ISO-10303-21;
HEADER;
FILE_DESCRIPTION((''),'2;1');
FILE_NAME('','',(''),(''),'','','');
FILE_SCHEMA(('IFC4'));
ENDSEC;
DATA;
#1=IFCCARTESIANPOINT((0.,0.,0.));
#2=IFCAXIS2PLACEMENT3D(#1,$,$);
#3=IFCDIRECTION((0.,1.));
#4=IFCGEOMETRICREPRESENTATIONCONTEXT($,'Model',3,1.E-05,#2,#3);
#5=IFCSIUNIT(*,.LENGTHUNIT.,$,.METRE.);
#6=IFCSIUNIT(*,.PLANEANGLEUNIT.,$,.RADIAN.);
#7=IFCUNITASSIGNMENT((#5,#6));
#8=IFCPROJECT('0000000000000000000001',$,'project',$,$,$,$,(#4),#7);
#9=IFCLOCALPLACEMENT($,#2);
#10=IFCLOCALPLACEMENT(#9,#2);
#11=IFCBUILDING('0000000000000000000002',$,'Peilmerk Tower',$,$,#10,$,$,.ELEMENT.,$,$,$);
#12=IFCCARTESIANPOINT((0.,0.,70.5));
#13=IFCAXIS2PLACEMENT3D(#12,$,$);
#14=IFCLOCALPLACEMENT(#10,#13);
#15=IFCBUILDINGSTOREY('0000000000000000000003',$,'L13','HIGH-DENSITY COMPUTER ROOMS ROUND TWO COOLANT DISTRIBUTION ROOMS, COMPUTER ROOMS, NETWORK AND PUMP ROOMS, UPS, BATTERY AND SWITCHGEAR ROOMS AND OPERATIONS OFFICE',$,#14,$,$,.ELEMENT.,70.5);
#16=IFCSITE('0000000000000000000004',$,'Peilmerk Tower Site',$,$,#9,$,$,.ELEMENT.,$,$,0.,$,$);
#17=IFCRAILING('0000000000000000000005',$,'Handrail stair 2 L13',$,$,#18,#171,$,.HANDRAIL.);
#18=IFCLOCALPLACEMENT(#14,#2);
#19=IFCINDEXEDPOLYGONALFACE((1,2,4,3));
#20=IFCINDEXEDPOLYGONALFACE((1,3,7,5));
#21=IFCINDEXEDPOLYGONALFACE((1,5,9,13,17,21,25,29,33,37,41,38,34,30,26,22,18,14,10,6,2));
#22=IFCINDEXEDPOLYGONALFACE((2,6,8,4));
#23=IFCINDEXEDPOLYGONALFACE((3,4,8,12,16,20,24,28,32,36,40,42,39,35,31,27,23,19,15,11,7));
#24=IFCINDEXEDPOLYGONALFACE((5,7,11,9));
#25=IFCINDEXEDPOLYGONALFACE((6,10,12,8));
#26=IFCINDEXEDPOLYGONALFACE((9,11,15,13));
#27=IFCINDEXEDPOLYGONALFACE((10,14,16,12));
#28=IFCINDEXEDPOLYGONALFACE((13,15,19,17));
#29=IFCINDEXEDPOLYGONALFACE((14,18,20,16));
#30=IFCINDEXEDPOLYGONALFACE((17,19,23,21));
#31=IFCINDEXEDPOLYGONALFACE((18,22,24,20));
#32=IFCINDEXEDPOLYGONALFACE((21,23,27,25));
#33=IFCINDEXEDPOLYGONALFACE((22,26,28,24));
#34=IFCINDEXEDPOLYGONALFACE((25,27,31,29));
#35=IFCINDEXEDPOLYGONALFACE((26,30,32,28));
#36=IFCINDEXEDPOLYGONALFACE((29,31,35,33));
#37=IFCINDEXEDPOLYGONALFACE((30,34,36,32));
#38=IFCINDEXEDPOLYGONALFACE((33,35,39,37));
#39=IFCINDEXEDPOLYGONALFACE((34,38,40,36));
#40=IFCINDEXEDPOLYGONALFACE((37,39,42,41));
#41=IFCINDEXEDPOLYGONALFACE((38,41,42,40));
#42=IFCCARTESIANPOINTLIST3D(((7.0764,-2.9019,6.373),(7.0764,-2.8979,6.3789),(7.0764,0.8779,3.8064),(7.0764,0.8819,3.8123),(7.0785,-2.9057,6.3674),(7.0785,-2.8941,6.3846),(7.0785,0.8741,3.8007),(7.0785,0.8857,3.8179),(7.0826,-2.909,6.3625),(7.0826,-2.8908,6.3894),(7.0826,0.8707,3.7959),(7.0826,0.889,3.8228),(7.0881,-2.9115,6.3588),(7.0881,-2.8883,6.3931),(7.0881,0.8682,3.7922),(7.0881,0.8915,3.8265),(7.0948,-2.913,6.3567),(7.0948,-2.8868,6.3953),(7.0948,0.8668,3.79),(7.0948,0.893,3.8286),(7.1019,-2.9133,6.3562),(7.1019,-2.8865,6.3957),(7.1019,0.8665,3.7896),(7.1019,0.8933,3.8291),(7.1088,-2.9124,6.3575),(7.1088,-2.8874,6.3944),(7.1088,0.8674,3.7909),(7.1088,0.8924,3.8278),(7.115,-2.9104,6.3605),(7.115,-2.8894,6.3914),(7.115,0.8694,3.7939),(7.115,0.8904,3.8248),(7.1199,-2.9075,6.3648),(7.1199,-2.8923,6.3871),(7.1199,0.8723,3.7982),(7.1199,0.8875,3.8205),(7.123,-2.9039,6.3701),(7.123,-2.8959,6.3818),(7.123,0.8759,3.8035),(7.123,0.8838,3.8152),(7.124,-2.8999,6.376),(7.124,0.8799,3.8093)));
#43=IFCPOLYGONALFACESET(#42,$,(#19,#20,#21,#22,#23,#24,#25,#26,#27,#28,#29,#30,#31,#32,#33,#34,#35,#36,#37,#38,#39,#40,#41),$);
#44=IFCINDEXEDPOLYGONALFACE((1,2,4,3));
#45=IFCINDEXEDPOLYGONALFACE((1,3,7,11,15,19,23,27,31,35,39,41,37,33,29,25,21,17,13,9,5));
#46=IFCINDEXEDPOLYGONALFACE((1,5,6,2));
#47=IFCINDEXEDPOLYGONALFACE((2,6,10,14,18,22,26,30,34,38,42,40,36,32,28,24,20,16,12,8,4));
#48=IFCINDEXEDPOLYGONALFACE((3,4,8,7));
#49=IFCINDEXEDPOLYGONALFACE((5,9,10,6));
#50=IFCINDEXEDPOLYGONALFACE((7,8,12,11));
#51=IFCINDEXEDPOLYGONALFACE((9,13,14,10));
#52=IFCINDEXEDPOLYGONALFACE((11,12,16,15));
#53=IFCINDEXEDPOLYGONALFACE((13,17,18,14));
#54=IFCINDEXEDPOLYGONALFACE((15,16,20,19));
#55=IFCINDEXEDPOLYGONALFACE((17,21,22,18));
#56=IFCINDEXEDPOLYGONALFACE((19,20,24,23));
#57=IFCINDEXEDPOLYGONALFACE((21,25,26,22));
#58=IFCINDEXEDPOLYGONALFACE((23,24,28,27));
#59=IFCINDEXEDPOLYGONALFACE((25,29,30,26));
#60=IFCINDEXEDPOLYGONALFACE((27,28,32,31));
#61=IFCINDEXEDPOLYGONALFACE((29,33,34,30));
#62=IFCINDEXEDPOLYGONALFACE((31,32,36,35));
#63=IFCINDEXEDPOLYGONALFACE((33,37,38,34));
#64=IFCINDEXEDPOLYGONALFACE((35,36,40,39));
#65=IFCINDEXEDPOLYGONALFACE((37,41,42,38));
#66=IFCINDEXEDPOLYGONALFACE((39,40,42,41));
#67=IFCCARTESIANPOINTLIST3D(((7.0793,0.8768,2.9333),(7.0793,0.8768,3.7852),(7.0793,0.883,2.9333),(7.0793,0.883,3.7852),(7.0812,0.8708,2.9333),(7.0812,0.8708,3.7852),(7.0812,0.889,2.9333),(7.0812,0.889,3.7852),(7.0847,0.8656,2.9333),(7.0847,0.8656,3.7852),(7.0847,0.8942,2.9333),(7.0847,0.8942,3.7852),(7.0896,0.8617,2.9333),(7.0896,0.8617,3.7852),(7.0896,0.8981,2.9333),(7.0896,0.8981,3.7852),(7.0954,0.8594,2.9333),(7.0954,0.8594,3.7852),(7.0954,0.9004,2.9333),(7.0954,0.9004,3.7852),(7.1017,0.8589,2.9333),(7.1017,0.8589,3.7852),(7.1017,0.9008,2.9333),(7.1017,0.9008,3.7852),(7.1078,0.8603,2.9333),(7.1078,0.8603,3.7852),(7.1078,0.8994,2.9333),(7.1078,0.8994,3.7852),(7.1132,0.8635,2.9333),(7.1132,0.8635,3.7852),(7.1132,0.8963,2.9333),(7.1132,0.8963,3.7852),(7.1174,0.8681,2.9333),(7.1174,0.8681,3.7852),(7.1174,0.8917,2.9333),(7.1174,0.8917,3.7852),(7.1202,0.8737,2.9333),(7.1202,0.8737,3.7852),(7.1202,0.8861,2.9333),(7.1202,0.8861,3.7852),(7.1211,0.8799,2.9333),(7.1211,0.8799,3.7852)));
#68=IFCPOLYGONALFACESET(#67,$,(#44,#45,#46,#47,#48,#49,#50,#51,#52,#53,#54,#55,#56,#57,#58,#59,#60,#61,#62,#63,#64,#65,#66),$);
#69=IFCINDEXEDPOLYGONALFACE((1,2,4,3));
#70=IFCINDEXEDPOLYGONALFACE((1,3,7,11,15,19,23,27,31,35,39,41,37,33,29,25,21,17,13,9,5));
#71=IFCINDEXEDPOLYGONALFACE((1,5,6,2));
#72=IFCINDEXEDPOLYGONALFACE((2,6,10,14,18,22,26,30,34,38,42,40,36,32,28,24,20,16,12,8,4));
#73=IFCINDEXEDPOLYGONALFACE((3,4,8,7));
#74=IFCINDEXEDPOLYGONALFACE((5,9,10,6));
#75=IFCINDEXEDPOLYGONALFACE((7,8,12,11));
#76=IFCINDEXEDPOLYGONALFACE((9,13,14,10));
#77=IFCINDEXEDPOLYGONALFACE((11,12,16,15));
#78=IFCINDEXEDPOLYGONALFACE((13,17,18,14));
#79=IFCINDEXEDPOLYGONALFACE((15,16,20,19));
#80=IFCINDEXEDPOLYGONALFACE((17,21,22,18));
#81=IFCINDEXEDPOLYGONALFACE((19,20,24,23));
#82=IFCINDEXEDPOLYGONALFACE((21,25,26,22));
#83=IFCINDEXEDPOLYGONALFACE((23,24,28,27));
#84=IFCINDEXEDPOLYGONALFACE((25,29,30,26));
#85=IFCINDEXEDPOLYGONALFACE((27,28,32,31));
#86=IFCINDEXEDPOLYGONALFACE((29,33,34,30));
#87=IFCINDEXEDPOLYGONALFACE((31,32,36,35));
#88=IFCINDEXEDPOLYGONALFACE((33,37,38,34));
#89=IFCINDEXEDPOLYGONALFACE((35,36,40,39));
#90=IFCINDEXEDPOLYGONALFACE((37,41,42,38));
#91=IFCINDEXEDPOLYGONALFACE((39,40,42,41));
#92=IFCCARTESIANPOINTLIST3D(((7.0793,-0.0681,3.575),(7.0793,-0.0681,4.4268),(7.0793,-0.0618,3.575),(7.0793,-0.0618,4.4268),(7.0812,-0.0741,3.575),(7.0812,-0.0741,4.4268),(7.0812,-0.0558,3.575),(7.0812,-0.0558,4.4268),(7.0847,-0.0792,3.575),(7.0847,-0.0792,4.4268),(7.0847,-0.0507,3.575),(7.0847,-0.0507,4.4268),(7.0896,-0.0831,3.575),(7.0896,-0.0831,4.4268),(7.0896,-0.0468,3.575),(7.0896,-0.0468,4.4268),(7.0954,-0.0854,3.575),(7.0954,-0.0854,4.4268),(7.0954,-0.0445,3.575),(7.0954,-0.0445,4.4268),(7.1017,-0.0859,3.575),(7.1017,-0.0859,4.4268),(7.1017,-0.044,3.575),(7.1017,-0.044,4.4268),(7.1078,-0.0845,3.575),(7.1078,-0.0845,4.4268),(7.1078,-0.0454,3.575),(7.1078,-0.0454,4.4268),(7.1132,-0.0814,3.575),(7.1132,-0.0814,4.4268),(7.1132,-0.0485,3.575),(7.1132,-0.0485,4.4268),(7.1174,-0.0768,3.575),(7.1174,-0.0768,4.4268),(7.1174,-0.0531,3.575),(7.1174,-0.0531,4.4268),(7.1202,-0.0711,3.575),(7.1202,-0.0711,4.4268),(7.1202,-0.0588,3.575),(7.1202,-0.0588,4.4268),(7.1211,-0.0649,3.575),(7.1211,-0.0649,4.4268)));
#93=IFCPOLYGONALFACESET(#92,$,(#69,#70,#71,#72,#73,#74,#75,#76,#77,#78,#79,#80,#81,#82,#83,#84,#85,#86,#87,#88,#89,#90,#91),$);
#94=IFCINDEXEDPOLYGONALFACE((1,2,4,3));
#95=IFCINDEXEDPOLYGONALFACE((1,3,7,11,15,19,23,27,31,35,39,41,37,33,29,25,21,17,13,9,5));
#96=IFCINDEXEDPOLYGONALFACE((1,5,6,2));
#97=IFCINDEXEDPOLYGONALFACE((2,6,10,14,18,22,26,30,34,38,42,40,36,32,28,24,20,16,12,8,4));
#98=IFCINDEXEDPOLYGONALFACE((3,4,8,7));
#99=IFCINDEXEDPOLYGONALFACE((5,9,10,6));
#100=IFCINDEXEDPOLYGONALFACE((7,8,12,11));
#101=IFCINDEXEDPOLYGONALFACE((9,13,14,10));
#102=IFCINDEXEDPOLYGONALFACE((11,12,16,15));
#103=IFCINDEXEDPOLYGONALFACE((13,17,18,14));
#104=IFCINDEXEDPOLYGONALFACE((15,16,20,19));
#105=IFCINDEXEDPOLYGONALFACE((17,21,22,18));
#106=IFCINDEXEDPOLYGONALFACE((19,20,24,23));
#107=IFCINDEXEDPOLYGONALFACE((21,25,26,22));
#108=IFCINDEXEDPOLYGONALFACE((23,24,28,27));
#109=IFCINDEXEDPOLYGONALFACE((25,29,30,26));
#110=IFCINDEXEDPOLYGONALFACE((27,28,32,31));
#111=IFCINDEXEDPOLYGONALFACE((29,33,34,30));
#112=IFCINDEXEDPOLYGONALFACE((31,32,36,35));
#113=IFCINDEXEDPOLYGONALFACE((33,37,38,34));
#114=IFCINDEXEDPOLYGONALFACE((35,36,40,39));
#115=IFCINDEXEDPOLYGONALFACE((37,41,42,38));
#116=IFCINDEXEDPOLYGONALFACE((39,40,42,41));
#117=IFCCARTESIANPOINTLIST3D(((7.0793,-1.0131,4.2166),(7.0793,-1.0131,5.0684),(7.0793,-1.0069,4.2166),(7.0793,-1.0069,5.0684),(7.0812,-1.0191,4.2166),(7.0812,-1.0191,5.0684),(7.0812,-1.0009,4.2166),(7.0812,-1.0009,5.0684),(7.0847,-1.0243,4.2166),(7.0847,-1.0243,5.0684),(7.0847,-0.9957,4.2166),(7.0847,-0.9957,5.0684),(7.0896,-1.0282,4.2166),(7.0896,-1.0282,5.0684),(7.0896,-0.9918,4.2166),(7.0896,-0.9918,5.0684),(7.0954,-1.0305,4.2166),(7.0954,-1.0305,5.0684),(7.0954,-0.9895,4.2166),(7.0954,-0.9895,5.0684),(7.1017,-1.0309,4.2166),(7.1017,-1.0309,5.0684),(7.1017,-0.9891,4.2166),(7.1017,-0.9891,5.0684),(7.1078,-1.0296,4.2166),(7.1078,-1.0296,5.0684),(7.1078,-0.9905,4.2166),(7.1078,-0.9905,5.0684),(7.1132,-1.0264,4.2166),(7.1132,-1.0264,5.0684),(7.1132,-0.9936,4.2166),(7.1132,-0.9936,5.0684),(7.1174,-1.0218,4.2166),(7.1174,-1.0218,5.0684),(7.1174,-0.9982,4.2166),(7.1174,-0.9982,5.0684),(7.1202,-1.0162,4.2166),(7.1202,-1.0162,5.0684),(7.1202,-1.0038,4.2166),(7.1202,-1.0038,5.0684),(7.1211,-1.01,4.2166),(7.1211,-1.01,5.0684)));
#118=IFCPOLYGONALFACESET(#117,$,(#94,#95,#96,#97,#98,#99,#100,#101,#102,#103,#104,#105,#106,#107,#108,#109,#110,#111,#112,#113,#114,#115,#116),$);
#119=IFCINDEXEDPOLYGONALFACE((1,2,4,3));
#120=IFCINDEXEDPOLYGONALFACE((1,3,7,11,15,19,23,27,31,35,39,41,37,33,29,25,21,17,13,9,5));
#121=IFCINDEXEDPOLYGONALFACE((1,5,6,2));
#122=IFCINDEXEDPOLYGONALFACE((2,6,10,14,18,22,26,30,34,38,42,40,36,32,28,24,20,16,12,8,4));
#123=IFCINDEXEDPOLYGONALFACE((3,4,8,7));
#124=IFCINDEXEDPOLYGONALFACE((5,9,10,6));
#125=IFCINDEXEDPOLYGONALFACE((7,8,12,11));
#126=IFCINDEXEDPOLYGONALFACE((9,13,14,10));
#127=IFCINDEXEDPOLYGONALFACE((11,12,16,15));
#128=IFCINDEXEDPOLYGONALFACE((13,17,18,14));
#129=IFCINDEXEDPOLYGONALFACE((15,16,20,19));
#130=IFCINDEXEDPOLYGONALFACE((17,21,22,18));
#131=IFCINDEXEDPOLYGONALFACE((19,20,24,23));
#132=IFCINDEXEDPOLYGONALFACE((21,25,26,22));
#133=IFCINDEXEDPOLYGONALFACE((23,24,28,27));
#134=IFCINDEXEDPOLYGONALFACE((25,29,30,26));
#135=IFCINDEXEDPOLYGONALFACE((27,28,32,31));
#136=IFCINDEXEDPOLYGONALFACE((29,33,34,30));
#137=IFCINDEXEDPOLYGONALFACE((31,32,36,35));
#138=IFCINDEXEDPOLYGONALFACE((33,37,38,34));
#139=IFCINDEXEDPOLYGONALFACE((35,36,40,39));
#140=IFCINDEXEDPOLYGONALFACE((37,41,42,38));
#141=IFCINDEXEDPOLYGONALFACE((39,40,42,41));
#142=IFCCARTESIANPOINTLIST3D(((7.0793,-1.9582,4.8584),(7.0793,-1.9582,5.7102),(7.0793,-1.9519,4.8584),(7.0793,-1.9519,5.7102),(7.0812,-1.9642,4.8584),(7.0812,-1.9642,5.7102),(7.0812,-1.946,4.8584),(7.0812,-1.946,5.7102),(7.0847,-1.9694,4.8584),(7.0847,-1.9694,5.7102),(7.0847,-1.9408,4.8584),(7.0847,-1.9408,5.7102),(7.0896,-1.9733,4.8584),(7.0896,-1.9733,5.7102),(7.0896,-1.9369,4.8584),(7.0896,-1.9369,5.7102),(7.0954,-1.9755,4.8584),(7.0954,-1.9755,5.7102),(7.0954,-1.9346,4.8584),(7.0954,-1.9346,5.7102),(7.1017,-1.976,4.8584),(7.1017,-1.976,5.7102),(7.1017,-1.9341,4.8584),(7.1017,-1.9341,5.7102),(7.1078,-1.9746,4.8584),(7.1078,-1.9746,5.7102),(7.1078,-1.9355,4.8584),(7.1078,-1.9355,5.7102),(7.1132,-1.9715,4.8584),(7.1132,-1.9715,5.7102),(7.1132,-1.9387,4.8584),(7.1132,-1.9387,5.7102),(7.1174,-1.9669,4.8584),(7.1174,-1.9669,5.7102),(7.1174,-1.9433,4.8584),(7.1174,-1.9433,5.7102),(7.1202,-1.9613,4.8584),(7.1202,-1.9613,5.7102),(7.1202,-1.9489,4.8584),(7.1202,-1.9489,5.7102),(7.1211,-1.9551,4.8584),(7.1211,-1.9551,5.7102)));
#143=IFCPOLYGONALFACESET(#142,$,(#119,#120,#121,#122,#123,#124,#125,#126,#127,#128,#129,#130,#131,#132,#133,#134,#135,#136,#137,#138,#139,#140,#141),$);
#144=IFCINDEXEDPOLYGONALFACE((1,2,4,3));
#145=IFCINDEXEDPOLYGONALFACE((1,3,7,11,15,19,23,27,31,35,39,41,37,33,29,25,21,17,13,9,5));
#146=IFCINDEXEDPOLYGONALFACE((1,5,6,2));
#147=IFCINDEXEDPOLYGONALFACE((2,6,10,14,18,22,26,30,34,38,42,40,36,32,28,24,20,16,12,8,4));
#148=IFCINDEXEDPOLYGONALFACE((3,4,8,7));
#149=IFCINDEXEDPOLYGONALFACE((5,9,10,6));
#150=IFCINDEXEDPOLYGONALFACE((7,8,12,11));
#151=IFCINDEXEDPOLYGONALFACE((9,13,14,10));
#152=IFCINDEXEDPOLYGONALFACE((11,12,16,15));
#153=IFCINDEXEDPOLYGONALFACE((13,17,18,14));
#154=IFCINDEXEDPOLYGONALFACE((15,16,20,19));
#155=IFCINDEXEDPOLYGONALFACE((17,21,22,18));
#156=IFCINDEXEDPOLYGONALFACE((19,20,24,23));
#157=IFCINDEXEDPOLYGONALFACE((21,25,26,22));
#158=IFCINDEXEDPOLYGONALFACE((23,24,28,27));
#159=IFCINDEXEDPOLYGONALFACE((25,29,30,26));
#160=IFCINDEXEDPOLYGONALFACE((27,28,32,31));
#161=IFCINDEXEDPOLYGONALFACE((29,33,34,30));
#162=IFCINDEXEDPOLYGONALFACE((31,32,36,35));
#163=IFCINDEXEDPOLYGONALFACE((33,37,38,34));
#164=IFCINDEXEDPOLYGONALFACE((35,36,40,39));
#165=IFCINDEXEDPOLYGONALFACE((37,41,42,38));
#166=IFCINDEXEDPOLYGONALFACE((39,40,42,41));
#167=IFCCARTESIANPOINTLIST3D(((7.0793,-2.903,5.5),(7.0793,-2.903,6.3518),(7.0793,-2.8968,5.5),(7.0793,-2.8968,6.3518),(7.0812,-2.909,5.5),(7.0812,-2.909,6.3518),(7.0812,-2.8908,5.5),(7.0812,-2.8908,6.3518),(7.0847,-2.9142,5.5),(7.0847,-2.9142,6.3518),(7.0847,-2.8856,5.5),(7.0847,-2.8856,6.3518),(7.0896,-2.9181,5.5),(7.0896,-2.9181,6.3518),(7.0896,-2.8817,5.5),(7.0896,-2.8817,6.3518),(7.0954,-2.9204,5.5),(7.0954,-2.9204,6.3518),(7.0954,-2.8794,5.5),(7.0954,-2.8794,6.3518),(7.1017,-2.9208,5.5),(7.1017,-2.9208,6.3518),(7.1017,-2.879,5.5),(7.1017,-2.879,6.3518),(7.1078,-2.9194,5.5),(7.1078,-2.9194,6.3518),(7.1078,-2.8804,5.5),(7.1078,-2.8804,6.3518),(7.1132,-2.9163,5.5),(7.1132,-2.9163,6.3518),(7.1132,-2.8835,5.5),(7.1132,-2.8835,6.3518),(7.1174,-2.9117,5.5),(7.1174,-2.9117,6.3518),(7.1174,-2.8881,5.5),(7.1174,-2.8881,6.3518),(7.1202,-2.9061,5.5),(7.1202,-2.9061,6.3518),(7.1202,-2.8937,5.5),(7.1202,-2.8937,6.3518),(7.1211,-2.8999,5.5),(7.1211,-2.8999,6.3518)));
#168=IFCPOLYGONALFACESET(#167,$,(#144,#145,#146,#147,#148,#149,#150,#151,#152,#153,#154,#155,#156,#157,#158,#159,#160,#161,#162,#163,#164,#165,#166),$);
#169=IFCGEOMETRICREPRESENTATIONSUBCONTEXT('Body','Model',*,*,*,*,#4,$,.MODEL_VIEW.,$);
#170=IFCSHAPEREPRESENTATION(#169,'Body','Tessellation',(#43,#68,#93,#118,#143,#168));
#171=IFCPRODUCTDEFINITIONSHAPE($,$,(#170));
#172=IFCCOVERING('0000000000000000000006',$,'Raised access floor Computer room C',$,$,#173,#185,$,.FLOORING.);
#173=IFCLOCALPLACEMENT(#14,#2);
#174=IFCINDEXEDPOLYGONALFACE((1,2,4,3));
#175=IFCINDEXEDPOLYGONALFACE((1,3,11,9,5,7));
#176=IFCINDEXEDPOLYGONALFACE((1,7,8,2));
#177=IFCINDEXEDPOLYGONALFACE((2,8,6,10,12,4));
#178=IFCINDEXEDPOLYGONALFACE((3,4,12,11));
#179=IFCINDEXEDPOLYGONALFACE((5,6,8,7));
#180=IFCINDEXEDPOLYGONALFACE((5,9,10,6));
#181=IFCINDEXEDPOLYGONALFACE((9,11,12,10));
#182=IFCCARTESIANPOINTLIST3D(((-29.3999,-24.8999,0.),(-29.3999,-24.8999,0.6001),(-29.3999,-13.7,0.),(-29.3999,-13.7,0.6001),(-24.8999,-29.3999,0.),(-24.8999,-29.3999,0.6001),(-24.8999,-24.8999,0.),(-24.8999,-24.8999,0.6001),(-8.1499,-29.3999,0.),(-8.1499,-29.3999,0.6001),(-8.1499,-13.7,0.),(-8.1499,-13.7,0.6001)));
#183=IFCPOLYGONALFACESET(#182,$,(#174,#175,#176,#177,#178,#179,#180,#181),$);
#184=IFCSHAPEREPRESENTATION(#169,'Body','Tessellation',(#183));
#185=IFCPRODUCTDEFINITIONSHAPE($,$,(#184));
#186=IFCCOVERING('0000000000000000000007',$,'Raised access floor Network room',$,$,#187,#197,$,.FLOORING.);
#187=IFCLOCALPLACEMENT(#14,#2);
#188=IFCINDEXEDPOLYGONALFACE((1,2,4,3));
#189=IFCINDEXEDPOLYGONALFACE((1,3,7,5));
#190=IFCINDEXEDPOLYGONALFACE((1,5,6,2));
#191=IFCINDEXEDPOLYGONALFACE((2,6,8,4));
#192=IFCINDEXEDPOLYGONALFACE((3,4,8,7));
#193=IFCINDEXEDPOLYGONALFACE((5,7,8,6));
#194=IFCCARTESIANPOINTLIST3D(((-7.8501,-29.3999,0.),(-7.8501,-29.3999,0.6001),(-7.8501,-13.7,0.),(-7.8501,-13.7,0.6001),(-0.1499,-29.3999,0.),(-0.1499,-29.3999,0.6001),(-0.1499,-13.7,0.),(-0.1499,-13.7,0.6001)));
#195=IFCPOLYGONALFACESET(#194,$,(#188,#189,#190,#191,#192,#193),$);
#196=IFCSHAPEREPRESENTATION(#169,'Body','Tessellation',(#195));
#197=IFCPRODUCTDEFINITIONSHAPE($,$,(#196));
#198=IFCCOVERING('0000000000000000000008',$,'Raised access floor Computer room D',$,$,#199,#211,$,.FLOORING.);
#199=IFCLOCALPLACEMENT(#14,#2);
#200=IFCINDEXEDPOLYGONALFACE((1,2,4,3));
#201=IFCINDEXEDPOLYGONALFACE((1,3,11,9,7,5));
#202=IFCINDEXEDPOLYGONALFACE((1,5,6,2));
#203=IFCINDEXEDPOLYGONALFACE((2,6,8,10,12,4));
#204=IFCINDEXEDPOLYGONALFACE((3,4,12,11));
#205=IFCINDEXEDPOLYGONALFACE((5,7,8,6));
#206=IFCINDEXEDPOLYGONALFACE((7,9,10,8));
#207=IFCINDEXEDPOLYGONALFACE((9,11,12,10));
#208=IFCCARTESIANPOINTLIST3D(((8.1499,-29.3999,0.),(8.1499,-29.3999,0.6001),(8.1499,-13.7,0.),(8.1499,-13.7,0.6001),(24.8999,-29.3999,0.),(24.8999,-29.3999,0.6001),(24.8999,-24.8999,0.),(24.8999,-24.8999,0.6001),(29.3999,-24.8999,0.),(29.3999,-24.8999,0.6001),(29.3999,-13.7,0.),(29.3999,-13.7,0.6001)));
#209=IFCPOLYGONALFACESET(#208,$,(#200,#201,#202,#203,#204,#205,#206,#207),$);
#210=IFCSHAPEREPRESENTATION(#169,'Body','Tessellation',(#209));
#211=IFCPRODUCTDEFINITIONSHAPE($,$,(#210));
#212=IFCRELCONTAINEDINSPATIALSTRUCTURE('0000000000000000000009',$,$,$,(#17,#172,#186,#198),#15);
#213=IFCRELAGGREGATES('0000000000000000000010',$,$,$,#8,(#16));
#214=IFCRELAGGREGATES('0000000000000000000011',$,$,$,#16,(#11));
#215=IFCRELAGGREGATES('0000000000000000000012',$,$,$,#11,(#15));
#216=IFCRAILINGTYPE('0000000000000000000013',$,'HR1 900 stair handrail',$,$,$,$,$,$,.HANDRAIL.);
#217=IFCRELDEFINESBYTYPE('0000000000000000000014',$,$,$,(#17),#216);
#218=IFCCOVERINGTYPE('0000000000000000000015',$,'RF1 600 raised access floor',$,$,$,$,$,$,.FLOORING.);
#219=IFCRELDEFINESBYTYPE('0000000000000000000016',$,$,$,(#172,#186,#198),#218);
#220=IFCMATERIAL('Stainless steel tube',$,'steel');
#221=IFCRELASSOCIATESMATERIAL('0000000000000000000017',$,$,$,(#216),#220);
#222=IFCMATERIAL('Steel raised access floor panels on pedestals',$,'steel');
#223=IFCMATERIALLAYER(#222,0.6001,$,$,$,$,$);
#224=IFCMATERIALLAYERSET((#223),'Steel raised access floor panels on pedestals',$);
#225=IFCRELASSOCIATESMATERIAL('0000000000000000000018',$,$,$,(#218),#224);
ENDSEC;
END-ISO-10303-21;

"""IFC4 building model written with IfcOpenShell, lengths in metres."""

from ifc_helpers import new_model, si_unit, direction, frame, origin, origin_2d, place, context, subcontext, project, spatial, polyline, circle, outline, extrude, material, layer, layer_set, type_object, element, save


model = new_model("IFC4")

# Units and contexts
model_context = context("Model", 3, precision=1e-05, world=origin(), true_north=direction((0.0, 1.0)))
body_context = subcontext(model_context, "Body", "Model", "MODEL_VIEW")
ifc_project = project(units=[si_unit("LENGTHUNIT", "METRE"), si_unit("PLANEANGLEUNIT", "RADIAN")], contexts=[model_context])

# Site, building, storey
site_placement = place(None, origin())
site = spatial("IfcSite", under=ifc_project, at=site_placement, Name="Peilmerk Tower Site", CompositionType="ELEMENT", RefElevation=0.0)
building_placement = place(site_placement, origin())
building = spatial("IfcBuilding", under=site, at=building_placement, Name="Peilmerk Tower", CompositionType="ELEMENT")
storey_placement = place(building_placement, frame((0.0, 0.0, 70.5)))
storey = spatial("IfcBuildingStorey", under=building, at=storey_placement, Name="L13", Description="HIGH-DENSITY COMPUTER ROOMS ROUND TWO COOLANT DISTRIBUTION ROOMS, COMPUTER ROOMS, NETWORK AND PUMP ROOMS, UPS, BATTERY AND SWITCHGEAR ROOMS AND OPERATIONS OFFICE", CompositionType="ELEMENT", Elevation=70.5)

# Railing
ifc_material_1 = material(Name="Stainless steel tube", Category="steel")
railing_type_1 = type_object("IfcRailingType", Name="HR1 900 stair handrail", PredefinedType="HANDRAIL", material=ifc_material_1)
railing_1_placement = place(storey_placement, frame((7.1001, 0.8799, 2.9333)))
element("IfcRailing", 1, at=railing_1_placement, inside=storey, type_object=railing_type_1, Name="Handrail stair 2 L13", PredefinedType="HANDRAIL", context=body_context, shape_type="SweptSolid", body=[
    extrude(circle(Radius=0.0239, at=origin_2d()), frame((0.0, 0.0, 0.876), z_axis=(0.0, -0.827293, 0.561771), x_axis=(1.0, 0.0, 0.0)), (0.0, 0.0, 1.0), 4.5688),
    extrude(circle(Radius=0.021, at=origin_2d()), origin(), (0.0, 0.0, 1.0), 0.8518),
    extrude(circle(Radius=0.021, at=origin_2d()), frame((0.0, -0.9448, 0.6416)), (0.0, 0.0, 1.0), 0.8518),
    extrude(circle(Radius=0.021, at=origin_2d()), frame((0.0, -1.8899, 1.2832)), (0.0, 0.0, 1.0), 0.8518),
    extrude(circle(Radius=0.021, at=origin_2d()), frame((0.0, -2.835, 1.925)), (0.0, 0.0, 1.0), 0.8518),
    extrude(circle(Radius=0.021, at=origin_2d()), frame((0.0, -3.7798, 2.5667)), (0.0, 0.0, 1.0), 0.8518),
])

# Coverings
ifc_material_2 = material(Name="Steel raised access floor panels on pedestals", Category="steel")
ifc_layer_1 = layer(ifc_material_2, 0.6001)
ifc_layer_set_1 = layer_set([ifc_layer_1], Name="Steel raised access floor panels on pedestals")
covering_type_1 = type_object("IfcCoveringType", Name="RF1 600 raised access floor", PredefinedType="FLOORING", material=ifc_layer_set_1)
covering_1_placement = place(storey_placement, origin())
element("IfcCovering", 2, at=covering_1_placement, inside=storey, type_object=covering_type_1, Name="Raised access floor Computer room C", PredefinedType="FLOORING", context=body_context, shape_type="SweptSolid", body=[
    extrude(outline(polyline([(-24.8999, -29.3999), (-8.1499, -29.3999), (-8.1499, -13.7), (-29.3999, -13.7), (-29.3999, -24.8999), (-24.8999, -24.8999), (-24.8999, -29.3999)])), origin(), (0.0, 0.0, 1.0), 0.6001),
])
covering_2_placement = place(storey_placement, origin())
element("IfcCovering", 3, at=covering_2_placement, inside=storey, type_object=covering_type_1, Name="Raised access floor Network room", PredefinedType="FLOORING", context=body_context, shape_type="SweptSolid", body=[
    extrude(outline(polyline([(-7.8501, -29.3999), (-0.1499, -29.3999), (-0.1499, -13.7), (-7.8501, -13.7), (-7.8501, -29.3999)])), origin(), (0.0, 0.0, 1.0), 0.6001),
])
covering_3_placement = place(storey_placement, origin())
element("IfcCovering", 4, at=covering_3_placement, inside=storey, type_object=covering_type_1, Name="Raised access floor Computer room D", PredefinedType="FLOORING", context=body_context, shape_type="SweptSolid", body=[
    extrude(outline(polyline([(8.1499, -29.3999), (24.8999, -29.3999), (24.8999, -24.8999), (29.3999, -24.8999), (29.3999, -13.7), (8.1499, -13.7), (8.1499, -29.3999)])), origin(), (0.0, 0.0, 1.0), 0.6001),
])

save(model, "model.ifc")
